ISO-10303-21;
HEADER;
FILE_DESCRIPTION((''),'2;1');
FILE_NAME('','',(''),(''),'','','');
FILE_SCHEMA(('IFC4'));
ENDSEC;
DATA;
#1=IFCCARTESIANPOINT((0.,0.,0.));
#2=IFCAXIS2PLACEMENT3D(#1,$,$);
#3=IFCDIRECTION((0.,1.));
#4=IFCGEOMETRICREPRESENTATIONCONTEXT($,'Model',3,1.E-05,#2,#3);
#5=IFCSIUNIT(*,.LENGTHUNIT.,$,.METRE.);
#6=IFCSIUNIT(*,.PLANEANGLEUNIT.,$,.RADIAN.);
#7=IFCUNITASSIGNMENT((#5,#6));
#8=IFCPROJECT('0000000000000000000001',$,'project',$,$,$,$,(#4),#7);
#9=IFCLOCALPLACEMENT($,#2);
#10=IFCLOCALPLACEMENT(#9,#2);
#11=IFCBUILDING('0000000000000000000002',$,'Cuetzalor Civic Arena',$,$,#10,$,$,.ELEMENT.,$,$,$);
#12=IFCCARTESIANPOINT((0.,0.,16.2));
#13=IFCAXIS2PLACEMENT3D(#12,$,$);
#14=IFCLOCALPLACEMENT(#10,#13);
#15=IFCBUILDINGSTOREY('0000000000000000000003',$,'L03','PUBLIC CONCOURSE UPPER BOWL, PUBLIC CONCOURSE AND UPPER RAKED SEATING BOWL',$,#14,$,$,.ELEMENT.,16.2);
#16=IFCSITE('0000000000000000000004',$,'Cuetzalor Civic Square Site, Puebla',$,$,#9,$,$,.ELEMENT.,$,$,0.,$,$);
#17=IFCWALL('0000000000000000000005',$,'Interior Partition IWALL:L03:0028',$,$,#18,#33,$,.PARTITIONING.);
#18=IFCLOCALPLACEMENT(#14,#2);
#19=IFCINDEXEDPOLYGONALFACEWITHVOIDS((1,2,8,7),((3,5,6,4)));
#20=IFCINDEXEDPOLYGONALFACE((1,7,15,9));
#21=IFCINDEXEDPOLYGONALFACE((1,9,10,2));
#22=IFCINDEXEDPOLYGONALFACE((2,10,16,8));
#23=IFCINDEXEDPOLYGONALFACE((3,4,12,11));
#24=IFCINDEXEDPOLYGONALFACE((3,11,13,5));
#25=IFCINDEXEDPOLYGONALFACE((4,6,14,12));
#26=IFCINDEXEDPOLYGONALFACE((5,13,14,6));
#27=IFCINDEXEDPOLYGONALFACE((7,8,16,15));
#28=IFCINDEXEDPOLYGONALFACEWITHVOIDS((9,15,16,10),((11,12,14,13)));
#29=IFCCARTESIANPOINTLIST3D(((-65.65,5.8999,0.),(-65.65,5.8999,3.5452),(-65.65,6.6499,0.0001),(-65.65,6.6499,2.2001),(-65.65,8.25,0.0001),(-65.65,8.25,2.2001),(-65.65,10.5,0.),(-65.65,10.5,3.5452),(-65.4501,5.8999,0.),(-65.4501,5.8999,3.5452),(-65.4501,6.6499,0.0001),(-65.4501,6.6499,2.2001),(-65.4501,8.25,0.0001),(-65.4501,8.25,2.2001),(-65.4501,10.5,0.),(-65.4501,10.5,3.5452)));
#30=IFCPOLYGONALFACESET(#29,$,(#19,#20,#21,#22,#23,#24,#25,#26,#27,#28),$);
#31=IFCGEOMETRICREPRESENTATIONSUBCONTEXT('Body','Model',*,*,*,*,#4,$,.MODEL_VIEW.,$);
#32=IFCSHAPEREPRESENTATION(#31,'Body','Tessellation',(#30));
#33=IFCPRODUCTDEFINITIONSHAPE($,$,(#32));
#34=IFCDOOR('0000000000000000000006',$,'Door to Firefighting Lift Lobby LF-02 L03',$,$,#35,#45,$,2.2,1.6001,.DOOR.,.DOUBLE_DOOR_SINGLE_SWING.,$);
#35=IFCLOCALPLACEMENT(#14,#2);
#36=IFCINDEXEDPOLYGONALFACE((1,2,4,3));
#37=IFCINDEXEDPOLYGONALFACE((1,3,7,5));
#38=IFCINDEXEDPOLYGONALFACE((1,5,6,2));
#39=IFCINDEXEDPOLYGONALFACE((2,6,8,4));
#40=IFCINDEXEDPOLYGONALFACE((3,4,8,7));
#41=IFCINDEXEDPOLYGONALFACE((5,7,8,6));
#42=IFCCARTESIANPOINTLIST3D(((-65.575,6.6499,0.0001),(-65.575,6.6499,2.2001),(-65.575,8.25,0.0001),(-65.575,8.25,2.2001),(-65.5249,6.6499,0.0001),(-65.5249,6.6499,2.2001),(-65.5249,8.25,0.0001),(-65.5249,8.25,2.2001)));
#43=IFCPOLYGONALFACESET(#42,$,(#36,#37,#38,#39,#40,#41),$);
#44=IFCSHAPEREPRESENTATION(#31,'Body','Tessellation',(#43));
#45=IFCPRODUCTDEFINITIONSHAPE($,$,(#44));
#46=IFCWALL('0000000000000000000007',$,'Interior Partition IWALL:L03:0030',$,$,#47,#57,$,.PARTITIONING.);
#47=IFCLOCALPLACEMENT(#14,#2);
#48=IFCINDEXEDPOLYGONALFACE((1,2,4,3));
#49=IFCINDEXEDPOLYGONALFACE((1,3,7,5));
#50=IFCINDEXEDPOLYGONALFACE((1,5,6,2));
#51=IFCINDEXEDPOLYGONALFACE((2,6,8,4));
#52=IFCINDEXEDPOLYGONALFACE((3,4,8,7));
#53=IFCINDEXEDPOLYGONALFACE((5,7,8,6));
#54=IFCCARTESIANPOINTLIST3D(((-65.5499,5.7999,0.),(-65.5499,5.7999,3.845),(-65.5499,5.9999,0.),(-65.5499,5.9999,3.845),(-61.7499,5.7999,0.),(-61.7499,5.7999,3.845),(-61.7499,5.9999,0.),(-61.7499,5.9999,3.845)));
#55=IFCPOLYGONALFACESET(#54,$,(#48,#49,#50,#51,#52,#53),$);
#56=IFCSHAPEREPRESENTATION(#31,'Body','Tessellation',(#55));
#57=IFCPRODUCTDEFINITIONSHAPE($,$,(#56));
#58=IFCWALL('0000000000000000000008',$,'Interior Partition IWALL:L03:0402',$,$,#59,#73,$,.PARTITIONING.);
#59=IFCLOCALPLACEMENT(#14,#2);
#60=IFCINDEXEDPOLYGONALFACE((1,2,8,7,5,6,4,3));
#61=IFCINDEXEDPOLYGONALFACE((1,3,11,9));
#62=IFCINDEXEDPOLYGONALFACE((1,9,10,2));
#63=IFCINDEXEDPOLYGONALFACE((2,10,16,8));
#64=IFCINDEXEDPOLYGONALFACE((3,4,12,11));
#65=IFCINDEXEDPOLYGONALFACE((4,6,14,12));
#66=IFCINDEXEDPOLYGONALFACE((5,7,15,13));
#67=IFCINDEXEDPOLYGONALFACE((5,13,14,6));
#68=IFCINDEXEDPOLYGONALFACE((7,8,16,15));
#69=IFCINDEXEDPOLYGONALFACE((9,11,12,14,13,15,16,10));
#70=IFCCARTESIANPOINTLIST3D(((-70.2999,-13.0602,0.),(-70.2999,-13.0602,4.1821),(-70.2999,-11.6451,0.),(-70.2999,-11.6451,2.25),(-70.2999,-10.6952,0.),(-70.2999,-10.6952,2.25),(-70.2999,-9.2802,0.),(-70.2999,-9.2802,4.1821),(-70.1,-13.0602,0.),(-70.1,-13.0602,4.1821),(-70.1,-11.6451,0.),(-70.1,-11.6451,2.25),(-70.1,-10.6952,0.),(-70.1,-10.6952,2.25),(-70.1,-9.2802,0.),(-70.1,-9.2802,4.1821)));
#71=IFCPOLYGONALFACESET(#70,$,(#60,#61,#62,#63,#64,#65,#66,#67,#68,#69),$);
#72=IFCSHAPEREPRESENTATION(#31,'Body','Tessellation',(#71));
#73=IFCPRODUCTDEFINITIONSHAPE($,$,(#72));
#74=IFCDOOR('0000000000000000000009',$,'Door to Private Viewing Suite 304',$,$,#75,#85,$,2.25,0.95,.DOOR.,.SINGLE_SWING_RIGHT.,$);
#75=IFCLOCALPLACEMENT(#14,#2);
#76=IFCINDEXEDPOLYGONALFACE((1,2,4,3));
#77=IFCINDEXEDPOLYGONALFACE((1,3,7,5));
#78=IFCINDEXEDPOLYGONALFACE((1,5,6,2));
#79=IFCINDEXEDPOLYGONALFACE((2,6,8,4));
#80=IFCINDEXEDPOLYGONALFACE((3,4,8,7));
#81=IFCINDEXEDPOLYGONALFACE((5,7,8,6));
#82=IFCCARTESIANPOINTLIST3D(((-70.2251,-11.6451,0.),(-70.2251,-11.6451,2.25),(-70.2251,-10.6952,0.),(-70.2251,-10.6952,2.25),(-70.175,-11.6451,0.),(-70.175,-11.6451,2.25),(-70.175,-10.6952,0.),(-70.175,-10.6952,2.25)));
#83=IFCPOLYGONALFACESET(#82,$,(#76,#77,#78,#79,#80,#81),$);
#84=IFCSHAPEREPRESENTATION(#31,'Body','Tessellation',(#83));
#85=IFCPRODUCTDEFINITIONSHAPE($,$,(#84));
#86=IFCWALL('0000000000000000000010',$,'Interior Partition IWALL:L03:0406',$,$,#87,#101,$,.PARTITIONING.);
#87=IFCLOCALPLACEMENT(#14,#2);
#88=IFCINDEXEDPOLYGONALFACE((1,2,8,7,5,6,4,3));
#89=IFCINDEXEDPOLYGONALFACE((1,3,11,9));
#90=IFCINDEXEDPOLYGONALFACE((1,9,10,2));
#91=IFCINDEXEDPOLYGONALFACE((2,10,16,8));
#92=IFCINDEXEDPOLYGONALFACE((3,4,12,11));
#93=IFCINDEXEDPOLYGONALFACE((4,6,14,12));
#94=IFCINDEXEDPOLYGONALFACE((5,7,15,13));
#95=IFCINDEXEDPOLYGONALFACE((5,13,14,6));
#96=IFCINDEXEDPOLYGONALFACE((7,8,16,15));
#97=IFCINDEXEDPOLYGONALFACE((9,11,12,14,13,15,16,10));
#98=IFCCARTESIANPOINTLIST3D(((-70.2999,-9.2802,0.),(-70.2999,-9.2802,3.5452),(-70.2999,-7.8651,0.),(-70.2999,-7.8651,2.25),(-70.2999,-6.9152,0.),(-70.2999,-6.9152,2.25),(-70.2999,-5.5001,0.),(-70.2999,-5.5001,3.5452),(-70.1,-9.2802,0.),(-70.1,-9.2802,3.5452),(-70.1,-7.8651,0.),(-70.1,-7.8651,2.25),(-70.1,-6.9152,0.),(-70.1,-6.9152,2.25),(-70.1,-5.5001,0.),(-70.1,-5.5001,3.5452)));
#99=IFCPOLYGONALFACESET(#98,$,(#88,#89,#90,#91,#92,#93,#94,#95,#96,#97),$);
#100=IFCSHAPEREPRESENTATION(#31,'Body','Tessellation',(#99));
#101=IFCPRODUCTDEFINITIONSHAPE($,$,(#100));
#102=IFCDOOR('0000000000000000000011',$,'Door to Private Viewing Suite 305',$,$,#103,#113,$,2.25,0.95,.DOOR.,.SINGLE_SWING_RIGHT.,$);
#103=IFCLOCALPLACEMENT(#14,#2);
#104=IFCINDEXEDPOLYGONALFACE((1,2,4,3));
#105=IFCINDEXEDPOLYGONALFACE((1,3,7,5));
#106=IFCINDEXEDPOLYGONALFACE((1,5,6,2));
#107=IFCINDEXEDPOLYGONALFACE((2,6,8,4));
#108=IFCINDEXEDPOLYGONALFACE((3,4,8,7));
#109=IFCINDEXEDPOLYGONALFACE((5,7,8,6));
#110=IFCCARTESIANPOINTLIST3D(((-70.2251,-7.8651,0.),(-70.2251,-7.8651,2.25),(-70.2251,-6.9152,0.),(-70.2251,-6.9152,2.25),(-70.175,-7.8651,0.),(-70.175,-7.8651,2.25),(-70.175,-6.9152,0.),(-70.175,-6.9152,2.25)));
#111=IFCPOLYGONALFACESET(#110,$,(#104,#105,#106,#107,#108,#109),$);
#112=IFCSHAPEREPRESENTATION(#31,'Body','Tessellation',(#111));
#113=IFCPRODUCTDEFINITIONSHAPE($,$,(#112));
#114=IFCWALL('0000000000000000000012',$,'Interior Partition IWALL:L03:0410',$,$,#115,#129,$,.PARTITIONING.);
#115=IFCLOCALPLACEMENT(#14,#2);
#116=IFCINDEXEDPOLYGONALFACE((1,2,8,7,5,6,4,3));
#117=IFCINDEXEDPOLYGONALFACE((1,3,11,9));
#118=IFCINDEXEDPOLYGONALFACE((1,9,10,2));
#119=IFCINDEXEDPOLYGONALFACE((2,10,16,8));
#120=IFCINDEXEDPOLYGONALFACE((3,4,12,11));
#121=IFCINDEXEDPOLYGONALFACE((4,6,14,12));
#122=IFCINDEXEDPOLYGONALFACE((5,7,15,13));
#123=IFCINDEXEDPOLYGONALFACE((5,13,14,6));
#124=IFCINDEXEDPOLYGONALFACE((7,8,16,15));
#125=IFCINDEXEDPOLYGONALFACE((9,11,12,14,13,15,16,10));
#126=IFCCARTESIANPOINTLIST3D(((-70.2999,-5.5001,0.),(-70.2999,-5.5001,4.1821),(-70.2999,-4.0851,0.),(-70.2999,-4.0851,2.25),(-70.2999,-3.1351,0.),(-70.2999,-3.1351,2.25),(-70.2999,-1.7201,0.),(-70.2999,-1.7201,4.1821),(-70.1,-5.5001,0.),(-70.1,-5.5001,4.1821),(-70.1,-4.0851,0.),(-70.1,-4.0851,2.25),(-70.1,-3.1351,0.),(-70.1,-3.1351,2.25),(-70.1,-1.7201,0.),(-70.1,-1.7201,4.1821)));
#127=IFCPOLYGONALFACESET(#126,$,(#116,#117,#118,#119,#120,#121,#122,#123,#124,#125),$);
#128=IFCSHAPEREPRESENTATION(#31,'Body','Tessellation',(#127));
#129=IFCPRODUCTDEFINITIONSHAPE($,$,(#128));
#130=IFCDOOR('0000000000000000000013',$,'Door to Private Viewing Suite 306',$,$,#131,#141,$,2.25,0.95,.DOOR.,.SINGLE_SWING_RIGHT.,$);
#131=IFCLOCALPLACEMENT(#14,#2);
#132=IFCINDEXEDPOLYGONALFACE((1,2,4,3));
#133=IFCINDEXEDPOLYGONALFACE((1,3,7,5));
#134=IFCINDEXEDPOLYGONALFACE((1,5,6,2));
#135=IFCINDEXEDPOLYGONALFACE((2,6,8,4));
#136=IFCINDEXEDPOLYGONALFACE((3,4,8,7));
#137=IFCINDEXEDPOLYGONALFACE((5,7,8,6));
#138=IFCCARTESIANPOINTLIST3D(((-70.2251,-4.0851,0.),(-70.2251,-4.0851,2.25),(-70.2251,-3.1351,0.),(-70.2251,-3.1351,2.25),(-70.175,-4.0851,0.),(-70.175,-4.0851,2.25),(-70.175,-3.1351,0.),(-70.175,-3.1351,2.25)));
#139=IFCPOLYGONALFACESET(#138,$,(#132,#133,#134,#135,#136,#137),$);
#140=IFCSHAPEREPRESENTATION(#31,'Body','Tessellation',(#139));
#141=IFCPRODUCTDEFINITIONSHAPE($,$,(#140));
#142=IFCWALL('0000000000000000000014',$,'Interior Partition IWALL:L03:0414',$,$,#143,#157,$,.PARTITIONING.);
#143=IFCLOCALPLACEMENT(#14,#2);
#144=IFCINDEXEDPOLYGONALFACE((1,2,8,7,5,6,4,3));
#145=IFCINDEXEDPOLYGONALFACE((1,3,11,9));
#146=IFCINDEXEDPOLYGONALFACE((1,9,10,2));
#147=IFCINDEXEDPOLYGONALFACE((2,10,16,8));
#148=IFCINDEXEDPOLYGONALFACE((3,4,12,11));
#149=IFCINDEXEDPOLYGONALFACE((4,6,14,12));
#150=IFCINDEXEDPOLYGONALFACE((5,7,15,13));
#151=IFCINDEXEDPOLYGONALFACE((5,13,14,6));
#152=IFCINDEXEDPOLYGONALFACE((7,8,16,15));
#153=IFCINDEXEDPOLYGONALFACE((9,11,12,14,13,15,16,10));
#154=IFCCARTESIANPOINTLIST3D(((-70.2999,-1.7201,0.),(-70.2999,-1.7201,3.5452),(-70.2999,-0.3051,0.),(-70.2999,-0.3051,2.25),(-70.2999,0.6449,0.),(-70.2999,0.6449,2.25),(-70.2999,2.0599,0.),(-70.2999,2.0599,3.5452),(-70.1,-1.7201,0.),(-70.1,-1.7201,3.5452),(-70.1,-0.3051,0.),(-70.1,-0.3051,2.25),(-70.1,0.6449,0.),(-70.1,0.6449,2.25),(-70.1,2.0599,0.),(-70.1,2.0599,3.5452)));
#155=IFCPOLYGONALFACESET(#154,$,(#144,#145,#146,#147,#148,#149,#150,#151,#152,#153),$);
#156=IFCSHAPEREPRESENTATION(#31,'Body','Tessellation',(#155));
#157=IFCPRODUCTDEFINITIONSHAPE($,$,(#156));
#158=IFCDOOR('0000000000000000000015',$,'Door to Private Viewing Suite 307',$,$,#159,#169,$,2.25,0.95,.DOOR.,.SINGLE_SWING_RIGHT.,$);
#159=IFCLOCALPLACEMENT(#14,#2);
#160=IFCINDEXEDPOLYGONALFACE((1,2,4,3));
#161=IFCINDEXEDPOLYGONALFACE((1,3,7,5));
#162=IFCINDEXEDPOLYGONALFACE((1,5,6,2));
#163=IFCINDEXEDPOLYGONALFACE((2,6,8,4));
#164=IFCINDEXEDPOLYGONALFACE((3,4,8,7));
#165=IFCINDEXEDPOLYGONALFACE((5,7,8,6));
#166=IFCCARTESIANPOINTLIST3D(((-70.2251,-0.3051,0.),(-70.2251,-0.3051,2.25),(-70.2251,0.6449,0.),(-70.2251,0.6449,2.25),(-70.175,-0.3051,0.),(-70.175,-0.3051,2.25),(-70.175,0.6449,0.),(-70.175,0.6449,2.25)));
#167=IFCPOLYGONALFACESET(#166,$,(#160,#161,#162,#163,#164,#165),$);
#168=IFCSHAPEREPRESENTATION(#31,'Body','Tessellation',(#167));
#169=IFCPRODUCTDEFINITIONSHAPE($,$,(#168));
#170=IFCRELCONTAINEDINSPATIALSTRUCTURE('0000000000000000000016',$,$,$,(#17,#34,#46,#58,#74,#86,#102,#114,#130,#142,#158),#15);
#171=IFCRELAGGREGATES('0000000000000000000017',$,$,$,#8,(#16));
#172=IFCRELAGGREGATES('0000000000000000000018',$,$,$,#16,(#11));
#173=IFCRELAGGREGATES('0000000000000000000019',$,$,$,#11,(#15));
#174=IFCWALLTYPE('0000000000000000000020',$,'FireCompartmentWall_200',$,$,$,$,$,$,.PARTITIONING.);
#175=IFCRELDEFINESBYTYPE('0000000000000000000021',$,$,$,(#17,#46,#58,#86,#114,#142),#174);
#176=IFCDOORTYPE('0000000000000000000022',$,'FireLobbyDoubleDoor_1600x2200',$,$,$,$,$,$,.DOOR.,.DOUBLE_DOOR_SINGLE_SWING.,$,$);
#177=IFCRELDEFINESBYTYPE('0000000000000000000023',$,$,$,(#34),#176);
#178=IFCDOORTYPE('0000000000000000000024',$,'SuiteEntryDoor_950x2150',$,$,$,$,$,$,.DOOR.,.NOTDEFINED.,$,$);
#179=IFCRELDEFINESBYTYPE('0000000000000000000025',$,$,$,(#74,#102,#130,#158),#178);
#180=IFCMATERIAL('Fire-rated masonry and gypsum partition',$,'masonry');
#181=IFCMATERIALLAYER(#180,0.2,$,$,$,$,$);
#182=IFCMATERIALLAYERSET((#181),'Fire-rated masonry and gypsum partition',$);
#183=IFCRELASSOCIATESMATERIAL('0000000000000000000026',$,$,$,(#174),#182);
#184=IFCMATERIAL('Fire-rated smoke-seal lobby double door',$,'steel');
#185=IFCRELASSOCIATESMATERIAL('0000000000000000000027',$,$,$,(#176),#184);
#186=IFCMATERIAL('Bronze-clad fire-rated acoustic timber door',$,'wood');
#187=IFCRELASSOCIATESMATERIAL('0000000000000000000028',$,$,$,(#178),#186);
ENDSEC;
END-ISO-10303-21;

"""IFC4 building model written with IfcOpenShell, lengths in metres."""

from ifc_helpers import new_model, si_unit, direction, frame, frame_2d, origin, place, context, subcontext, project, spatial, rectangle, extrude, material, layer, layer_set, type_object, element, fill, save


model = new_model("IFC4")

# Units and contexts
model_context = context("Model", 3, precision=1e-05, world=origin(), true_north=direction((0.0, 1.0)))
body_context = subcontext(model_context, "Body", "Model", "MODEL_VIEW")
ifc_project = project(units=[si_unit("LENGTHUNIT", "METRE"), si_unit("PLANEANGLEUNIT", "RADIAN")], contexts=[model_context])

# Site, building, storey
site_placement = place(None, origin())
site = spatial("IfcSite", under=ifc_project, at=site_placement, Name="Cuetzalor Civic Square Site, Puebla", CompositionType="ELEMENT", RefElevation=0.0)
building_placement = place(site_placement, origin())
building = spatial("IfcBuilding", under=site, at=building_placement, Name="Cuetzalor Civic Arena", CompositionType="ELEMENT")
storey_placement = place(building_placement, frame((0.0, 0.0, 16.2)))
storey = spatial("IfcBuildingStorey", under=building, at=storey_placement, Name="L03", Description="PUBLIC CONCOURSE UPPER BOWL, PUBLIC CONCOURSE AND UPPER RAKED SEATING BOWL", CompositionType="ELEMENT", Elevation=16.2)

# Wall, opening, door
ifc_material_1 = material(Name="Fire-rated masonry and gypsum partition", Category="masonry")
ifc_layer_1 = layer(ifc_material_1, 0.2)
ifc_layer_set_1 = layer_set([ifc_layer_1], Name="Fire-rated masonry and gypsum partition")
wall_type_1 = type_object("IfcWallType", Name="FireCompartmentWall_200", PredefinedType="PARTITIONING", material=ifc_layer_set_1)
wall_1_placement = place(storey_placement, frame((-65.55, 5.8999, 0.0), z_axis=(0.0, 0.0, 1.0), x_axis=(0.0, 1.0, 0.0)))
wall_1 = element("IfcWall", 1, at=wall_1_placement, inside=storey, type_object=wall_type_1, Name="Interior Partition IWALL:L03:0028", PredefinedType="PARTITIONING", context=body_context, shape_type="SweptSolid", body=[
    extrude(rectangle(XDim=4.6001, YDim=0.2, at=frame_2d((2.3, 0.0))), origin(), (0.0, 0.0, 1.0), 3.5452),
])
opening_1_placement = place(wall_1_placement, frame((0.75, 0.0, 0.0)))
opening_1 = element("IfcOpeningElement", 2, at=opening_1_placement, cuts=wall_1, PredefinedType="OPENING", context=body_context, shape_type="SweptSolid", body=[
    extrude(rectangle(XDim=1.6001, YDim=2.2, at=frame_2d((0.8, 1.1001))), frame((0.0, 0.1099, 0.0), z_axis=(0.0, -1.0, 0.0), x_axis=(1.0, 0.0, 0.0)), (0.0, 0.0, 1.0), 0.22),
])
ifc_material_2 = material(Name="Fire-rated smoke-seal lobby double door", Category="steel")
door_type_1 = type_object("IfcDoorType", Name="FireLobbyDoubleDoor_1600x2200", OperationType="DOUBLE_DOOR_SINGLE_SWING", PredefinedType="DOOR", material=ifc_material_2)
door_1_placement = place(opening_1_placement, origin())
door_1 = element("IfcDoor", 3, at=door_1_placement, inside=storey, type_object=door_type_1, Name="Door to Firefighting Lift Lobby LF-02 L03", OperationType="DOUBLE_DOOR_SINGLE_SWING", OverallHeight=2.2, OverallWidth=1.6001, PredefinedType="DOOR", context=body_context, shape_type="SweptSolid", body=[
    extrude(rectangle(XDim=1.6001, YDim=2.2, at=frame_2d((0.8, 1.1001))), frame((0.0, 0.0249, 0.0), z_axis=(0.0, -1.0, 0.0), x_axis=(1.0, 0.0, 0.0)), (0.0, 0.0, 1.0), 0.05),
])
fill(opening_1, door_1)

# Wall
wall_2_placement = place(storey_placement, frame((-61.75, 5.8999, 0.0), z_axis=(0.0, 0.0, 1.0), x_axis=(-1.0, 0.0, 0.0)))
element("IfcWall", 4, at=wall_2_placement, inside=storey, type_object=wall_type_1, Name="Interior Partition IWALL:L03:0030", PredefinedType="PARTITIONING", context=body_context, shape_type="SweptSolid", body=[
    extrude(rectangle(XDim=3.8, YDim=0.2, at=frame_2d((1.8999, 0.0))), origin(), (0.0, 0.0, 1.0), 3.845),
])

# Walls, openings, doors
wall_3_placement = place(storey_placement, frame((-70.2, -9.28, 0.0), z_axis=(0.0, 0.0, 1.0), x_axis=(0.0, -1.0, 0.0)))
wall_3 = element("IfcWall", 5, at=wall_3_placement, inside=storey, type_object=wall_type_1, Name="Interior Partition IWALL:L03:0402", PredefinedType="PARTITIONING", context=body_context, shape_type="SweptSolid", body=[
    extrude(rectangle(XDim=3.78, YDim=0.2, at=frame_2d((1.8901, 0.0))), origin(), (0.0, 0.0, 1.0), 4.1821),
])
opening_2_placement = place(wall_3_placement, frame((1.415, 0.0, 0.0)))
opening_2 = element("IfcOpeningElement", 6, at=opening_2_placement, cuts=wall_3, PredefinedType="OPENING", context=body_context, shape_type="SweptSolid", body=[
    extrude(rectangle(XDim=0.95, YDim=2.25, at=frame_2d((0.4751, 1.125))), frame((0.0, 0.1099, 0.0), z_axis=(0.0, -1.0, 0.0), x_axis=(1.0, 0.0, 0.0)), (0.0, 0.0, 1.0), 0.22),
])
ifc_material_3 = material(Name="Bronze-clad fire-rated acoustic timber door", Category="wood")
door_type_2 = type_object("IfcDoorType", Name="SuiteEntryDoor_950x2150", OperationType="NOTDEFINED", PredefinedType="DOOR", material=ifc_material_3)
door_2_placement = place(opening_2_placement, origin())
door_2 = element("IfcDoor", 7, at=door_2_placement, inside=storey, type_object=door_type_2, Name="Door to Private Viewing Suite 304", OperationType="SINGLE_SWING_RIGHT", OverallHeight=2.25, OverallWidth=0.95, PredefinedType="DOOR", context=body_context, shape_type="SweptSolid", body=[
    extrude(rectangle(XDim=0.95, YDim=2.25, at=frame_2d((0.4751, 1.125))), frame((0.0, 0.0249, 0.0), z_axis=(0.0, -1.0, 0.0), x_axis=(1.0, 0.0, 0.0)), (0.0, 0.0, 1.0), 0.05),
])
fill(opening_2, door_2)
wall_4_placement = place(storey_placement, frame((-70.2, -5.5, 0.0), z_axis=(0.0, 0.0, 1.0), x_axis=(0.0, -1.0, 0.0)))
wall_4 = element("IfcWall", 8, at=wall_4_placement, inside=storey, type_object=wall_type_1, Name="Interior Partition IWALL:L03:0406", PredefinedType="PARTITIONING", context=body_context, shape_type="SweptSolid", body=[
    extrude(rectangle(XDim=3.78, YDim=0.2, at=frame_2d((1.8901, 0.0))), origin(), (0.0, 0.0, 1.0), 3.5452),
])
opening_3_placement = place(wall_4_placement, frame((1.415, 0.0, 0.0)))
opening_3 = element("IfcOpeningElement", 9, at=opening_3_placement, cuts=wall_4, PredefinedType="OPENING", context=body_context, shape_type="SweptSolid", body=[
    extrude(rectangle(XDim=0.95, YDim=2.25, at=frame_2d((0.4751, 1.125))), frame((0.0, 0.1099, 0.0), z_axis=(0.0, -1.0, 0.0), x_axis=(1.0, 0.0, 0.0)), (0.0, 0.0, 1.0), 0.22),
])
door_3_placement = place(opening_3_placement, origin())
door_3 = element("IfcDoor", 10, at=door_3_placement, inside=storey, type_object=door_type_2, Name="Door to Private Viewing Suite 305", OperationType="SINGLE_SWING_RIGHT", OverallHeight=2.25, OverallWidth=0.95, PredefinedType="DOOR", context=body_context, shape_type="SweptSolid", body=[
    extrude(rectangle(XDim=0.95, YDim=2.25, at=frame_2d((0.4751, 1.125))), frame((0.0, 0.0249, 0.0), z_axis=(0.0, -1.0, 0.0), x_axis=(1.0, 0.0, 0.0)), (0.0, 0.0, 1.0), 0.05),
])
fill(opening_3, door_3)
wall_5_placement = place(storey_placement, frame((-70.2, -1.72, 0.0), z_axis=(0.0, 0.0, 1.0), x_axis=(0.0, -1.0, 0.0)))
wall_5 = element("IfcWall", 11, at=wall_5_placement, inside=storey, type_object=wall_type_1, Name="Interior Partition IWALL:L03:0410", PredefinedType="PARTITIONING", context=body_context, shape_type="SweptSolid", body=[
    extrude(rectangle(XDim=3.78, YDim=0.2, at=frame_2d((1.8901, 0.0))), origin(), (0.0, 0.0, 1.0), 4.1821),
])
opening_4_placement = place(wall_5_placement, frame((1.415, 0.0, 0.0)))
opening_4 = element("IfcOpeningElement", 12, at=opening_4_placement, cuts=wall_5, PredefinedType="OPENING", context=body_context, shape_type="SweptSolid", body=[
    extrude(rectangle(XDim=0.95, YDim=2.25, at=frame_2d((0.4751, 1.125))), frame((0.0, 0.1099, 0.0), z_axis=(0.0, -1.0, 0.0), x_axis=(1.0, 0.0, 0.0)), (0.0, 0.0, 1.0), 0.22),
])
door_4_placement = place(opening_4_placement, origin())
door_4 = element("IfcDoor", 13, at=door_4_placement, inside=storey, type_object=door_type_2, Name="Door to Private Viewing Suite 306", OperationType="SINGLE_SWING_RIGHT", OverallHeight=2.25, OverallWidth=0.95, PredefinedType="DOOR", context=body_context, shape_type="SweptSolid", body=[
    extrude(rectangle(XDim=0.95, YDim=2.25, at=frame_2d((0.4751, 1.125))), frame((0.0, 0.0249, 0.0), z_axis=(0.0, -1.0, 0.0), x_axis=(1.0, 0.0, 0.0)), (0.0, 0.0, 1.0), 0.05),
])
fill(opening_4, door_4)
wall_6_placement = place(storey_placement, frame((-70.2, 2.0601, 0.0), z_axis=(0.0, 0.0, 1.0), x_axis=(0.0, -1.0, 0.0)))
wall_6 = element("IfcWall", 14, at=wall_6_placement, inside=storey, type_object=wall_type_1, Name="Interior Partition IWALL:L03:0414", PredefinedType="PARTITIONING", context=body_context, shape_type="SweptSolid", body=[
    extrude(rectangle(XDim=3.78, YDim=0.2, at=frame_2d((1.8901, 0.0))), origin(), (0.0, 0.0, 1.0), 3.5452),
])
opening_5_placement = place(wall_6_placement, frame((1.415, 0.0, 0.0)))
opening_5 = element("IfcOpeningElement", 15, at=opening_5_placement, cuts=wall_6, PredefinedType="OPENING", context=body_context, shape_type="SweptSolid", body=[
    extrude(rectangle(XDim=0.95, YDim=2.25, at=frame_2d((0.4751, 1.125))), frame((0.0, 0.1099, 0.0), z_axis=(0.0, -1.0, 0.0), x_axis=(1.0, 0.0, 0.0)), (0.0, 0.0, 1.0), 0.22),
])
door_5_placement = place(opening_5_placement, origin())
door_5 = element("IfcDoor", 16, at=door_5_placement, inside=storey, type_object=door_type_2, Name="Door to Private Viewing Suite 307", OperationType="SINGLE_SWING_RIGHT", OverallHeight=2.25, OverallWidth=0.95, PredefinedType="DOOR", context=body_context, shape_type="SweptSolid", body=[
    extrude(rectangle(XDim=0.95, YDim=2.25, at=frame_2d((0.4751, 1.125))), frame((0.0, 0.0249, 0.0), z_axis=(0.0, -1.0, 0.0), x_axis=(1.0, 0.0, 0.0)), (0.0, 0.0, 1.0), 0.05),
])
fill(opening_5, door_5)

save(model, "model.ifc")
